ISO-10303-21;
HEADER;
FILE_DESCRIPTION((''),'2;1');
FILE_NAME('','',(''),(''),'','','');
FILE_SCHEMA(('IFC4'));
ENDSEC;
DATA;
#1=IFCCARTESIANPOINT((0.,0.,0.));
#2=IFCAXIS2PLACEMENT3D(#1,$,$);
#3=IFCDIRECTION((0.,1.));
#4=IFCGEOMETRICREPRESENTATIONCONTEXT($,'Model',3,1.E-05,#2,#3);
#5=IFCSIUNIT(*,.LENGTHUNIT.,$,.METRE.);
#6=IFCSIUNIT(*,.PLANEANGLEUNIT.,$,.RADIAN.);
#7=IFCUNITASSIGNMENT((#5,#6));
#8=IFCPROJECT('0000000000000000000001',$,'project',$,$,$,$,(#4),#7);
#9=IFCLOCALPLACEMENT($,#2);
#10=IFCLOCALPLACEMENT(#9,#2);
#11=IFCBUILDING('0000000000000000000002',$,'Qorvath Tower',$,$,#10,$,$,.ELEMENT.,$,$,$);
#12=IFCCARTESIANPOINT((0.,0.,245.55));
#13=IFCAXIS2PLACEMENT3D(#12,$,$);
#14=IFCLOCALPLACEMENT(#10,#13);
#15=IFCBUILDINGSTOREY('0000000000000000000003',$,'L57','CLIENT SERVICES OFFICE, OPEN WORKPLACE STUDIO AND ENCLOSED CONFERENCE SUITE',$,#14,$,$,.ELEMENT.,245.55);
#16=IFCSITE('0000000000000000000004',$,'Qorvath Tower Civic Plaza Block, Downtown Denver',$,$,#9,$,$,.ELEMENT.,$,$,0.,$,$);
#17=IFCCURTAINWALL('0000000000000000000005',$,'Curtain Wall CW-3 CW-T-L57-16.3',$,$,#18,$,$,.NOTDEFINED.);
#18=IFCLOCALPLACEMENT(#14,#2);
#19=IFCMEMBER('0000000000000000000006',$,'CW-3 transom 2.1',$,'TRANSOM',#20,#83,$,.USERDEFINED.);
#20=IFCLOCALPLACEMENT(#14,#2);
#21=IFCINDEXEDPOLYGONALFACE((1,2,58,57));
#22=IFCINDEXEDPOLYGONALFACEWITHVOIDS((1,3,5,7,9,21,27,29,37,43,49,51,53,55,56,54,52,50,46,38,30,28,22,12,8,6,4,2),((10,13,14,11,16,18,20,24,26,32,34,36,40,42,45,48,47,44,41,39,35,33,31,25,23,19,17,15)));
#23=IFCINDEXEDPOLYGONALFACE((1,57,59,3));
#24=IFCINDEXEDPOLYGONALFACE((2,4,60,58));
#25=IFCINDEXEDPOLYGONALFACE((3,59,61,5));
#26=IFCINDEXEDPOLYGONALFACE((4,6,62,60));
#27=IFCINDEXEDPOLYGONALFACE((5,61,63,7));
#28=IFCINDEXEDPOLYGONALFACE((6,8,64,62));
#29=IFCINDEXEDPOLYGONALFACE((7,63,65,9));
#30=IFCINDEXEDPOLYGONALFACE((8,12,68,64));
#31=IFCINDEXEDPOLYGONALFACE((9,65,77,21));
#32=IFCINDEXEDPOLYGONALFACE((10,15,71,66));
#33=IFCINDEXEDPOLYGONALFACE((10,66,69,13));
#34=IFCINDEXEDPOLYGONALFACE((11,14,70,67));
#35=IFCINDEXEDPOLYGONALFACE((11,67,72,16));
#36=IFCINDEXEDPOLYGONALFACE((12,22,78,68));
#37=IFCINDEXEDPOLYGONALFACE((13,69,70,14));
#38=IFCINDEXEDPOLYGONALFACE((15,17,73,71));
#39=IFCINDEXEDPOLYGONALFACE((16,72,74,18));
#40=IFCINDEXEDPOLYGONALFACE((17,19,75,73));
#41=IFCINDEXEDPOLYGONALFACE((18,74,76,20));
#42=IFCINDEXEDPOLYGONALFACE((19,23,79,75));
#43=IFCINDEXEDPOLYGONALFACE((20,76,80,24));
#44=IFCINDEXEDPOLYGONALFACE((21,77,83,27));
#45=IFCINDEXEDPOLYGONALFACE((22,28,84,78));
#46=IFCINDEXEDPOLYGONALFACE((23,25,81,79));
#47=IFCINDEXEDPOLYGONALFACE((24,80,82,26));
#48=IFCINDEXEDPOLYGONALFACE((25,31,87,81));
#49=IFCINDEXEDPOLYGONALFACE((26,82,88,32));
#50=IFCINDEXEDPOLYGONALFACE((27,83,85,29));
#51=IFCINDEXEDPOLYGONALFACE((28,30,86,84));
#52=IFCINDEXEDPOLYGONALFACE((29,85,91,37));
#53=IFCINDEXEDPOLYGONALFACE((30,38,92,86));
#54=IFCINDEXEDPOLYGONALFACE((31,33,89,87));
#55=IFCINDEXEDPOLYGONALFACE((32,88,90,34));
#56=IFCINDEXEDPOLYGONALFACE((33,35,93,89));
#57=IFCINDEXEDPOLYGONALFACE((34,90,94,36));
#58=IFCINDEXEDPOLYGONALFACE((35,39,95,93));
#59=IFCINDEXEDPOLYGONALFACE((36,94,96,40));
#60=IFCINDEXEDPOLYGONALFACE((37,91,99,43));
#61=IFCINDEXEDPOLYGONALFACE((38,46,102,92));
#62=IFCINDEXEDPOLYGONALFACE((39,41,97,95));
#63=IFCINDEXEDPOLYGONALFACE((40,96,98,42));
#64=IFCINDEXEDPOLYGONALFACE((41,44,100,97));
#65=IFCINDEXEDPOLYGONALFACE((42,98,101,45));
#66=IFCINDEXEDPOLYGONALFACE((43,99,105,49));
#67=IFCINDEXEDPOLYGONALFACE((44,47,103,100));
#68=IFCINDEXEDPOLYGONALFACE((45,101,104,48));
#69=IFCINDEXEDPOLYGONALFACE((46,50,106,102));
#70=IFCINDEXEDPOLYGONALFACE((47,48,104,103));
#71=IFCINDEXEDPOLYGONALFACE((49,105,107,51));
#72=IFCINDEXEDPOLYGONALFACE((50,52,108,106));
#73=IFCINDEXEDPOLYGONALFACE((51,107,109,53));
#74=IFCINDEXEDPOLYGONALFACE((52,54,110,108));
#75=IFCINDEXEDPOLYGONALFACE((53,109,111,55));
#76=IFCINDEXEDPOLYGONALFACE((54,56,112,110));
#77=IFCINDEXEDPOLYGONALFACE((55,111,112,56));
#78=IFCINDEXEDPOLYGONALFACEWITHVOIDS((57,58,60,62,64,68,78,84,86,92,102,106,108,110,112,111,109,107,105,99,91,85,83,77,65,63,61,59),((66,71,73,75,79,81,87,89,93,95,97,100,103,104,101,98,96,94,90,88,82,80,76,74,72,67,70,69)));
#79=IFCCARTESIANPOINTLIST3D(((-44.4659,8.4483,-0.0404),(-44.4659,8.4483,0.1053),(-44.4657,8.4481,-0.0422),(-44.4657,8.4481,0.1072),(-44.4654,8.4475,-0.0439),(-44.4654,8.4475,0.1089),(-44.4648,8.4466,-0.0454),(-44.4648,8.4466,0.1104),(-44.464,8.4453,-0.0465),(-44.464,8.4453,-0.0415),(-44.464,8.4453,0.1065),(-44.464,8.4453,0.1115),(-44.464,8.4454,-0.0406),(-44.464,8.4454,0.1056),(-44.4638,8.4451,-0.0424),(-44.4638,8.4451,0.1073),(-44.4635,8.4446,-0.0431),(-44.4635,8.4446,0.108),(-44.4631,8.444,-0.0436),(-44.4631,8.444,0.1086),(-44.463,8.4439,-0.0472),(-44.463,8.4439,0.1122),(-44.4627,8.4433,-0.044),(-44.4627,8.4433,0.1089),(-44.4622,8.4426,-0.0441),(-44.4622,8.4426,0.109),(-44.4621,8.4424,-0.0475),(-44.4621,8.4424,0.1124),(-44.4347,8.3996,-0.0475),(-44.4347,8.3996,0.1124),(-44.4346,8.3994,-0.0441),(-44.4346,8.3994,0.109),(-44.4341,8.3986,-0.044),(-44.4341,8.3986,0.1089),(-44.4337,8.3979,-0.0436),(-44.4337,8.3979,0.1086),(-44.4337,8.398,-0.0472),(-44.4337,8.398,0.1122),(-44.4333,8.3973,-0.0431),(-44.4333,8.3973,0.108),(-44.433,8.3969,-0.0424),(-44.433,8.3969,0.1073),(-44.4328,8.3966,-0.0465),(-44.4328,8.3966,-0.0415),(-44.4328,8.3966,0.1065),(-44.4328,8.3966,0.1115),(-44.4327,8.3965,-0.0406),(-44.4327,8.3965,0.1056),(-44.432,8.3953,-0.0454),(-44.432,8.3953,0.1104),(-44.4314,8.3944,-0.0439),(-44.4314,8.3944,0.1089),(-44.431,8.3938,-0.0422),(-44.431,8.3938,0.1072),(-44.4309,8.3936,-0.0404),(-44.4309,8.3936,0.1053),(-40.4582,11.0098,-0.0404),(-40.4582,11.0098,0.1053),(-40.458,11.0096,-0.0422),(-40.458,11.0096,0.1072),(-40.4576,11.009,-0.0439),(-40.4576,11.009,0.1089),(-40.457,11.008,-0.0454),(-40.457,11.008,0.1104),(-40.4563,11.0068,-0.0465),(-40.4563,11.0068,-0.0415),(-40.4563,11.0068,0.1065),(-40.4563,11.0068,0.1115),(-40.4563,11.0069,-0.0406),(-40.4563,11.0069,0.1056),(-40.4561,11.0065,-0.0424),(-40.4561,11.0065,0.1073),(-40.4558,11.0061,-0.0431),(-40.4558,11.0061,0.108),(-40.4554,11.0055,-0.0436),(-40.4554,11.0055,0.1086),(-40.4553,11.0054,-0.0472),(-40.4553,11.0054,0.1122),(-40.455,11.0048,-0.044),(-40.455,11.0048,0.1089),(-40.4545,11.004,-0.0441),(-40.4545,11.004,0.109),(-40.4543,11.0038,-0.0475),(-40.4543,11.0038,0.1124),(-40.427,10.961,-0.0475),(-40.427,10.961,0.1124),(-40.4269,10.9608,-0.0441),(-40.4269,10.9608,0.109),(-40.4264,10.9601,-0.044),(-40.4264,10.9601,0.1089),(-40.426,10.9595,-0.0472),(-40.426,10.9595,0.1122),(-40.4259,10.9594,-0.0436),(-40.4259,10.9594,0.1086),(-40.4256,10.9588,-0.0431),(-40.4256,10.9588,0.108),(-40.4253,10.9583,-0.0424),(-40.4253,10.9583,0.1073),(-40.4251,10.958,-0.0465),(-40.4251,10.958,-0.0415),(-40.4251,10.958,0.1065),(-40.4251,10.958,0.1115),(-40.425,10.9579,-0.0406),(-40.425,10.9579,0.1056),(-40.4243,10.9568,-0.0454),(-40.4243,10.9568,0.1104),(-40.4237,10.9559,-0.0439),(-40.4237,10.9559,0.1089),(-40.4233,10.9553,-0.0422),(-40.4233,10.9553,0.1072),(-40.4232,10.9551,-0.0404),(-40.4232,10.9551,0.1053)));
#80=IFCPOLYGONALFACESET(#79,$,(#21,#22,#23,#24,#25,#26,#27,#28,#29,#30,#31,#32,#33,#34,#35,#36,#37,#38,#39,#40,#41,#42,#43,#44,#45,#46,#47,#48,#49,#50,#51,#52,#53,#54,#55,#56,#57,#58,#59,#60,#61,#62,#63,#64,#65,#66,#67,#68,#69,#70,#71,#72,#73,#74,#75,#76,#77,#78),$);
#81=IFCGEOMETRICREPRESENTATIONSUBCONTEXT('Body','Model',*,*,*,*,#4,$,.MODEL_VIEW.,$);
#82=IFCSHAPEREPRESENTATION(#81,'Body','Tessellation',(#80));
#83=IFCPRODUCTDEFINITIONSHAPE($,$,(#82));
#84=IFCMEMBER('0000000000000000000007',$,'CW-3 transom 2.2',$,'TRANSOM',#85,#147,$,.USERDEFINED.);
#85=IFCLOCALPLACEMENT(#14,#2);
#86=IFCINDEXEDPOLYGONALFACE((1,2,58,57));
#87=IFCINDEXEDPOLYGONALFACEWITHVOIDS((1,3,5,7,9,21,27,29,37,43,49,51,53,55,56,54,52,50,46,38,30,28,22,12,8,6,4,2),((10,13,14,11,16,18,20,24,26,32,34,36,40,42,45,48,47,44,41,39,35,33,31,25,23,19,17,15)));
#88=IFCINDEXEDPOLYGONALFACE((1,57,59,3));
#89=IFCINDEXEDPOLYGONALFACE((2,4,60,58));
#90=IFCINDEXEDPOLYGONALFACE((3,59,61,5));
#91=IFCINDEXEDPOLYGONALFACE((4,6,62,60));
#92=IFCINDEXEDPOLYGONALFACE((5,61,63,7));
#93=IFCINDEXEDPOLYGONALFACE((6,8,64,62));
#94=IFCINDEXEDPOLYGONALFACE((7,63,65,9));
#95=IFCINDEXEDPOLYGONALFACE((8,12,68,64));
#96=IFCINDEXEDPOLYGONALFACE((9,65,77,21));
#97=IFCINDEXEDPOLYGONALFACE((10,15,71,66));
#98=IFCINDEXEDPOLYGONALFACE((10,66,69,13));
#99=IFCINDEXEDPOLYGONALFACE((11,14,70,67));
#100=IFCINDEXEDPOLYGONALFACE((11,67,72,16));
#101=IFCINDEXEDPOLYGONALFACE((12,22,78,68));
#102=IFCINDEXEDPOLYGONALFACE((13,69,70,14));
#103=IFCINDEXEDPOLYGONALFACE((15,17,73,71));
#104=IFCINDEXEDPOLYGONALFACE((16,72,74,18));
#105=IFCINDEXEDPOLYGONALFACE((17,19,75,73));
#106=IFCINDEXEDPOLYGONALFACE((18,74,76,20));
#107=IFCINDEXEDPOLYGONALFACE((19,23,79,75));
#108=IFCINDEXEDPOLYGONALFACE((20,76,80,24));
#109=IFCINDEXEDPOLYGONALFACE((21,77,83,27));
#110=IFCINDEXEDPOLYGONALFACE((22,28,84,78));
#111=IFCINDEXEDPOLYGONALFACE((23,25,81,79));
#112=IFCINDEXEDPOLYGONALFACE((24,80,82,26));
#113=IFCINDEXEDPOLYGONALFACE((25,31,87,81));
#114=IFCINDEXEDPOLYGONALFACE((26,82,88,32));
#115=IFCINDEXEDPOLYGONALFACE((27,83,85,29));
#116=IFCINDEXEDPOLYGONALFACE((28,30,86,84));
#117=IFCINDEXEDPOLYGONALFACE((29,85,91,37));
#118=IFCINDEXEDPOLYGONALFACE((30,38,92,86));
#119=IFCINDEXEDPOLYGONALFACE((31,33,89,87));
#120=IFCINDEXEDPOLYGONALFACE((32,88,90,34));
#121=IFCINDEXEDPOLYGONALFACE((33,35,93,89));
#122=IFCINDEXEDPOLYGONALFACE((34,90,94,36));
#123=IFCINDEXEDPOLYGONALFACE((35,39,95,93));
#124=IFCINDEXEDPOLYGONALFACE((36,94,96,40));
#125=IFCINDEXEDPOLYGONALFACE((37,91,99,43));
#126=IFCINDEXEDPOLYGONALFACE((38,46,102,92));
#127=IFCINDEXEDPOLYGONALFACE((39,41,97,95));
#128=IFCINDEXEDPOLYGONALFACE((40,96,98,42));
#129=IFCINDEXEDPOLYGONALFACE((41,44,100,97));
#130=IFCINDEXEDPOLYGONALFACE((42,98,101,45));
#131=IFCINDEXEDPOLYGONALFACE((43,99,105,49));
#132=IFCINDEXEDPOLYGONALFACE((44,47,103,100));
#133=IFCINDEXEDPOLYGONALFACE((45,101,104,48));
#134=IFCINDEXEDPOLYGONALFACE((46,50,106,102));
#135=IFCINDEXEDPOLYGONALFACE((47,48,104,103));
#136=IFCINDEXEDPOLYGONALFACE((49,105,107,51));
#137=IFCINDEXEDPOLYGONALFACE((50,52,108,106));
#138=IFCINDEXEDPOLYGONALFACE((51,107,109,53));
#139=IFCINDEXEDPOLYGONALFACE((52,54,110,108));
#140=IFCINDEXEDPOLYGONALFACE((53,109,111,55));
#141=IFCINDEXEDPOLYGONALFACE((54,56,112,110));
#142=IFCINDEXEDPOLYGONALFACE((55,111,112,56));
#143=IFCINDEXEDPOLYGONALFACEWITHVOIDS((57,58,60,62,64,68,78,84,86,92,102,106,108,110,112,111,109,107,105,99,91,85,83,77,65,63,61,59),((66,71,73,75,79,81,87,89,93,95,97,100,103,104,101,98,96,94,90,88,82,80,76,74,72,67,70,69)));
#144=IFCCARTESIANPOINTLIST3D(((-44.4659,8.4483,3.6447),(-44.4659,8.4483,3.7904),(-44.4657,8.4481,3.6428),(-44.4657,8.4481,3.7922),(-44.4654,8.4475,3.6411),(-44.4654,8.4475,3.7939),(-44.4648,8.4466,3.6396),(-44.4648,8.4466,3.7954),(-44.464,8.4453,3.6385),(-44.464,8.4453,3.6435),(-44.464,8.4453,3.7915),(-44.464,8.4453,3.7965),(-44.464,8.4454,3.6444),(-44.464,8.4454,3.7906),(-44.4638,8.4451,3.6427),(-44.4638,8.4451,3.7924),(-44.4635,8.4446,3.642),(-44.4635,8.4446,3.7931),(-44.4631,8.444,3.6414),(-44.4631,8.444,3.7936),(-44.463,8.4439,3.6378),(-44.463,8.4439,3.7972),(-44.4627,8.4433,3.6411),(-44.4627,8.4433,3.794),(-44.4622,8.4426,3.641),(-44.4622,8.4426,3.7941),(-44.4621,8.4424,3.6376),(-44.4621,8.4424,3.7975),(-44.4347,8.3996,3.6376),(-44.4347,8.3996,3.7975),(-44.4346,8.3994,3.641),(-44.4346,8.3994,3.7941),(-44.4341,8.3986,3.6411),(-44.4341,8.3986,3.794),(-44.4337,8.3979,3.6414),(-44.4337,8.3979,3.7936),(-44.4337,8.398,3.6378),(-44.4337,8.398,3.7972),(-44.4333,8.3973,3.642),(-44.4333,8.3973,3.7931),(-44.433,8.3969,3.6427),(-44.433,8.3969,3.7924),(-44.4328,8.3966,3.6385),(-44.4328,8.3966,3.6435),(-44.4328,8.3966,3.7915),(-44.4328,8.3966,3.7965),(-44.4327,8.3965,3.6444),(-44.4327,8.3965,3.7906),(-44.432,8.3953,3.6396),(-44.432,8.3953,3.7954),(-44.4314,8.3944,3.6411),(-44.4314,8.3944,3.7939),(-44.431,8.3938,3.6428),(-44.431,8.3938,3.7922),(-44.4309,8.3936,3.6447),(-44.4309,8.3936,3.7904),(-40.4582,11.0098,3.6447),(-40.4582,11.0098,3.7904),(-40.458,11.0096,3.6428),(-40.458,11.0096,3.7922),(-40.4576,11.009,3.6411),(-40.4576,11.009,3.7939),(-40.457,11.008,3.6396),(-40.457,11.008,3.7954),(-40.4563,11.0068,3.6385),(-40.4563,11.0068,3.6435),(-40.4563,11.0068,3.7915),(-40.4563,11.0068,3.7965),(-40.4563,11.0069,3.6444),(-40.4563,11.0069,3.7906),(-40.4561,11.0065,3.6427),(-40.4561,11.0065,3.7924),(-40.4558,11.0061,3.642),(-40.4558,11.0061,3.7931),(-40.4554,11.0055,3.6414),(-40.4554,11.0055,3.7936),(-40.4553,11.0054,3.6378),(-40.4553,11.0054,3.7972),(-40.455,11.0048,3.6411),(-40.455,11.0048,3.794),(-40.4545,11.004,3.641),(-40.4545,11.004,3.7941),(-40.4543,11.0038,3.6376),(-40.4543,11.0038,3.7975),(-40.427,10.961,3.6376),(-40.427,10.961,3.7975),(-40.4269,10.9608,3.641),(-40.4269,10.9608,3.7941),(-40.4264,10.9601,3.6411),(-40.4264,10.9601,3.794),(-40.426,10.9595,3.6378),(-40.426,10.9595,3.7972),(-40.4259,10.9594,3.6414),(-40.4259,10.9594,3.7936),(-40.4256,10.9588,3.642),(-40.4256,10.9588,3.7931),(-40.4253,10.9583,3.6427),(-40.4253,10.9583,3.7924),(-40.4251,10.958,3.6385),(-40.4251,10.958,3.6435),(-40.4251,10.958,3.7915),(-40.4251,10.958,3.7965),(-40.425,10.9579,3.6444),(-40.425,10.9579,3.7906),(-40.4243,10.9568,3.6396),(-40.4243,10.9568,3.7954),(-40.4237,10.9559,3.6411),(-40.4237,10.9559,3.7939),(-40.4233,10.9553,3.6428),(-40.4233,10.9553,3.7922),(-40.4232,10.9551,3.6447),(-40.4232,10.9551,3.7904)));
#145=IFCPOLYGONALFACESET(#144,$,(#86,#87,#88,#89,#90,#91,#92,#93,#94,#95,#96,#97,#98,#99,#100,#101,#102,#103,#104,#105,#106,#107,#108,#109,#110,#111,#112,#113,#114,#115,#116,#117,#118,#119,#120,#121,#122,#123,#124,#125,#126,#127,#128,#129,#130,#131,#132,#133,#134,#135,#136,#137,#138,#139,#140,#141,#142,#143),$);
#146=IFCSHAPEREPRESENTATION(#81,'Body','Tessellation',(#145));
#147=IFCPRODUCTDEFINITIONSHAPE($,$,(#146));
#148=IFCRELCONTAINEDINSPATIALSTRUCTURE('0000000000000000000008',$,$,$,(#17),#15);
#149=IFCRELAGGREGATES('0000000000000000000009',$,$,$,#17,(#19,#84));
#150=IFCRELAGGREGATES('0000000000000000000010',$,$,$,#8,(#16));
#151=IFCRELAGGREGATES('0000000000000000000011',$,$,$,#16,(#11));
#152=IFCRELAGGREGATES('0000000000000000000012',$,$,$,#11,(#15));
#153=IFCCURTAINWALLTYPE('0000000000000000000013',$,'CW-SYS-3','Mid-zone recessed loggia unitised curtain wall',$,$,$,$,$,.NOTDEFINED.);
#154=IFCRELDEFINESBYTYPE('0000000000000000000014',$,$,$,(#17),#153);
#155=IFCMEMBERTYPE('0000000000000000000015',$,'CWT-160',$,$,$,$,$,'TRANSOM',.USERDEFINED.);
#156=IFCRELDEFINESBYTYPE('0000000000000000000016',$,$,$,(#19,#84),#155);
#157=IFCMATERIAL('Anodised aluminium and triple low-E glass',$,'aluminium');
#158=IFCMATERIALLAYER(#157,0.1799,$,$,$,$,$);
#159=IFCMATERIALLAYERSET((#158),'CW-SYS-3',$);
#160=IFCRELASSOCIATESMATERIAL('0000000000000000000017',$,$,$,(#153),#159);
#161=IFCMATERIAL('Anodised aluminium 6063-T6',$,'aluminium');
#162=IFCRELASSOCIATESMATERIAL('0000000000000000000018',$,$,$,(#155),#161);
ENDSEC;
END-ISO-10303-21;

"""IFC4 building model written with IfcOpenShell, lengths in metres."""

from ifc_helpers import new_model, si_unit, direction, frame, origin, origin_2d, place, context, subcontext, project, spatial, hollow_rectangle, extrude, material, layer, layer_set, material_profile, profile_set, type_object, element, aggregate, save


model = new_model("IFC4")

# Units and contexts
model_context = context("Model", 3, precision=1e-05, world=origin(), true_north=direction((0.0, 1.0)))
body_context = subcontext(model_context, "Body", "Model", "MODEL_VIEW")
ifc_project = project(units=[si_unit("LENGTHUNIT", "METRE"), si_unit("PLANEANGLEUNIT", "RADIAN")], contexts=[model_context])

# Site, building, storey
site_placement = place(None, origin())
site = spatial("IfcSite", under=ifc_project, at=site_placement, Name="Qorvath Tower Civic Plaza Block, Downtown Denver", CompositionType="ELEMENT", RefElevation=0.0)
building_placement = place(site_placement, origin())
building = spatial("IfcBuilding", under=site, at=building_placement, Name="Qorvath Tower", CompositionType="ELEMENT")
storey_placement = place(building_placement, frame((0.0, 0.0, 245.55)))
storey = spatial("IfcBuildingStorey", under=building, at=storey_placement, Name="L57", Description="CLIENT SERVICES OFFICE, OPEN WORKPLACE STUDIO AND ENCLOSED CONFERENCE SUITE", CompositionType="ELEMENT", Elevation=245.55)

# Curtain wall, members
ifc_material_1 = material(Name="Anodised aluminium and triple low-E glass", Category="aluminium")
ifc_layer_1 = layer(ifc_material_1, 0.1799)
ifc_layer_set_1 = layer_set([ifc_layer_1], Name="CW-SYS-3")
curtain_wall_type = type_object("IfcCurtainWallType", Name="CW-SYS-3", Description="Mid-zone recessed loggia unitised curtain wall", PredefinedType="NOTDEFINED", material=ifc_layer_set_1)
curtain_wall_placement = place(storey_placement, origin())
curtain_wall = element("IfcCurtainWall", 1, at=curtain_wall_placement, inside=storey, type_object=curtain_wall_type, Name="Curtain Wall CW-3 CW-T-L57-16.3", PredefinedType="NOTDEFINED")
ifc_material_2 = material(Name="Anodised aluminium 6063-T6", Category="aluminium")
ifc_material_profile_1 = material_profile(ifc_material_2, hollow_rectangle(XDim=0.0649, YDim=0.1599, WallThickness=0.0034, InnerFilletRadius=0.0034, OuterFilletRadius=0.0071, at=origin_2d()), Name="CWT 160x65")
ifc_profile_set_1 = profile_set([ifc_material_profile_1], Name="Anodised aluminium 6063-T6")
member_type_1 = type_object("IfcMemberType", Name="CWT-160", ElementType="TRANSOM", PredefinedType="USERDEFINED", material=ifc_profile_set_1)
member_1_placement = place(storey_placement, frame((-40.4407, 10.9824, 0.0325), z_axis=(-0.842603, -0.538535, 0.0), x_axis=(0.538535, -0.842603, 0.0)))
member_1 = element("IfcMember", 2, at=member_1_placement, type_object=member_type_1, Name="CW-3 transom 2.1", ObjectType="TRANSOM", PredefinedType="USERDEFINED", context=body_context, shape_type="SweptSolid", body=[
    extrude(hollow_rectangle(XDim=0.0649, YDim=0.1599, WallThickness=0.0034, InnerFilletRadius=0.0034, OuterFilletRadius=0.0071, at=origin_2d()), origin(), (0.0, 0.0, 1.0), 4.7563),
])
member_2_placement = place(storey_placement, frame((-40.4407, 10.9824, 3.7175), z_axis=(-0.842603, -0.538535, 0.0), x_axis=(0.538535, -0.842603, 0.0)))
member_2 = element("IfcMember", 3, at=member_2_placement, type_object=member_type_1, Name="CW-3 transom 2.2", ObjectType="TRANSOM", PredefinedType="USERDEFINED", context=body_context, shape_type="SweptSolid", body=[
    extrude(hollow_rectangle(XDim=0.0649, YDim=0.1599, WallThickness=0.0034, InnerFilletRadius=0.0034, OuterFilletRadius=0.0071, at=origin_2d()), origin(), (0.0, 0.0, 1.0), 4.7563),
])
aggregate(curtain_wall, [member_1, member_2])

save(model, "model.ifc")
